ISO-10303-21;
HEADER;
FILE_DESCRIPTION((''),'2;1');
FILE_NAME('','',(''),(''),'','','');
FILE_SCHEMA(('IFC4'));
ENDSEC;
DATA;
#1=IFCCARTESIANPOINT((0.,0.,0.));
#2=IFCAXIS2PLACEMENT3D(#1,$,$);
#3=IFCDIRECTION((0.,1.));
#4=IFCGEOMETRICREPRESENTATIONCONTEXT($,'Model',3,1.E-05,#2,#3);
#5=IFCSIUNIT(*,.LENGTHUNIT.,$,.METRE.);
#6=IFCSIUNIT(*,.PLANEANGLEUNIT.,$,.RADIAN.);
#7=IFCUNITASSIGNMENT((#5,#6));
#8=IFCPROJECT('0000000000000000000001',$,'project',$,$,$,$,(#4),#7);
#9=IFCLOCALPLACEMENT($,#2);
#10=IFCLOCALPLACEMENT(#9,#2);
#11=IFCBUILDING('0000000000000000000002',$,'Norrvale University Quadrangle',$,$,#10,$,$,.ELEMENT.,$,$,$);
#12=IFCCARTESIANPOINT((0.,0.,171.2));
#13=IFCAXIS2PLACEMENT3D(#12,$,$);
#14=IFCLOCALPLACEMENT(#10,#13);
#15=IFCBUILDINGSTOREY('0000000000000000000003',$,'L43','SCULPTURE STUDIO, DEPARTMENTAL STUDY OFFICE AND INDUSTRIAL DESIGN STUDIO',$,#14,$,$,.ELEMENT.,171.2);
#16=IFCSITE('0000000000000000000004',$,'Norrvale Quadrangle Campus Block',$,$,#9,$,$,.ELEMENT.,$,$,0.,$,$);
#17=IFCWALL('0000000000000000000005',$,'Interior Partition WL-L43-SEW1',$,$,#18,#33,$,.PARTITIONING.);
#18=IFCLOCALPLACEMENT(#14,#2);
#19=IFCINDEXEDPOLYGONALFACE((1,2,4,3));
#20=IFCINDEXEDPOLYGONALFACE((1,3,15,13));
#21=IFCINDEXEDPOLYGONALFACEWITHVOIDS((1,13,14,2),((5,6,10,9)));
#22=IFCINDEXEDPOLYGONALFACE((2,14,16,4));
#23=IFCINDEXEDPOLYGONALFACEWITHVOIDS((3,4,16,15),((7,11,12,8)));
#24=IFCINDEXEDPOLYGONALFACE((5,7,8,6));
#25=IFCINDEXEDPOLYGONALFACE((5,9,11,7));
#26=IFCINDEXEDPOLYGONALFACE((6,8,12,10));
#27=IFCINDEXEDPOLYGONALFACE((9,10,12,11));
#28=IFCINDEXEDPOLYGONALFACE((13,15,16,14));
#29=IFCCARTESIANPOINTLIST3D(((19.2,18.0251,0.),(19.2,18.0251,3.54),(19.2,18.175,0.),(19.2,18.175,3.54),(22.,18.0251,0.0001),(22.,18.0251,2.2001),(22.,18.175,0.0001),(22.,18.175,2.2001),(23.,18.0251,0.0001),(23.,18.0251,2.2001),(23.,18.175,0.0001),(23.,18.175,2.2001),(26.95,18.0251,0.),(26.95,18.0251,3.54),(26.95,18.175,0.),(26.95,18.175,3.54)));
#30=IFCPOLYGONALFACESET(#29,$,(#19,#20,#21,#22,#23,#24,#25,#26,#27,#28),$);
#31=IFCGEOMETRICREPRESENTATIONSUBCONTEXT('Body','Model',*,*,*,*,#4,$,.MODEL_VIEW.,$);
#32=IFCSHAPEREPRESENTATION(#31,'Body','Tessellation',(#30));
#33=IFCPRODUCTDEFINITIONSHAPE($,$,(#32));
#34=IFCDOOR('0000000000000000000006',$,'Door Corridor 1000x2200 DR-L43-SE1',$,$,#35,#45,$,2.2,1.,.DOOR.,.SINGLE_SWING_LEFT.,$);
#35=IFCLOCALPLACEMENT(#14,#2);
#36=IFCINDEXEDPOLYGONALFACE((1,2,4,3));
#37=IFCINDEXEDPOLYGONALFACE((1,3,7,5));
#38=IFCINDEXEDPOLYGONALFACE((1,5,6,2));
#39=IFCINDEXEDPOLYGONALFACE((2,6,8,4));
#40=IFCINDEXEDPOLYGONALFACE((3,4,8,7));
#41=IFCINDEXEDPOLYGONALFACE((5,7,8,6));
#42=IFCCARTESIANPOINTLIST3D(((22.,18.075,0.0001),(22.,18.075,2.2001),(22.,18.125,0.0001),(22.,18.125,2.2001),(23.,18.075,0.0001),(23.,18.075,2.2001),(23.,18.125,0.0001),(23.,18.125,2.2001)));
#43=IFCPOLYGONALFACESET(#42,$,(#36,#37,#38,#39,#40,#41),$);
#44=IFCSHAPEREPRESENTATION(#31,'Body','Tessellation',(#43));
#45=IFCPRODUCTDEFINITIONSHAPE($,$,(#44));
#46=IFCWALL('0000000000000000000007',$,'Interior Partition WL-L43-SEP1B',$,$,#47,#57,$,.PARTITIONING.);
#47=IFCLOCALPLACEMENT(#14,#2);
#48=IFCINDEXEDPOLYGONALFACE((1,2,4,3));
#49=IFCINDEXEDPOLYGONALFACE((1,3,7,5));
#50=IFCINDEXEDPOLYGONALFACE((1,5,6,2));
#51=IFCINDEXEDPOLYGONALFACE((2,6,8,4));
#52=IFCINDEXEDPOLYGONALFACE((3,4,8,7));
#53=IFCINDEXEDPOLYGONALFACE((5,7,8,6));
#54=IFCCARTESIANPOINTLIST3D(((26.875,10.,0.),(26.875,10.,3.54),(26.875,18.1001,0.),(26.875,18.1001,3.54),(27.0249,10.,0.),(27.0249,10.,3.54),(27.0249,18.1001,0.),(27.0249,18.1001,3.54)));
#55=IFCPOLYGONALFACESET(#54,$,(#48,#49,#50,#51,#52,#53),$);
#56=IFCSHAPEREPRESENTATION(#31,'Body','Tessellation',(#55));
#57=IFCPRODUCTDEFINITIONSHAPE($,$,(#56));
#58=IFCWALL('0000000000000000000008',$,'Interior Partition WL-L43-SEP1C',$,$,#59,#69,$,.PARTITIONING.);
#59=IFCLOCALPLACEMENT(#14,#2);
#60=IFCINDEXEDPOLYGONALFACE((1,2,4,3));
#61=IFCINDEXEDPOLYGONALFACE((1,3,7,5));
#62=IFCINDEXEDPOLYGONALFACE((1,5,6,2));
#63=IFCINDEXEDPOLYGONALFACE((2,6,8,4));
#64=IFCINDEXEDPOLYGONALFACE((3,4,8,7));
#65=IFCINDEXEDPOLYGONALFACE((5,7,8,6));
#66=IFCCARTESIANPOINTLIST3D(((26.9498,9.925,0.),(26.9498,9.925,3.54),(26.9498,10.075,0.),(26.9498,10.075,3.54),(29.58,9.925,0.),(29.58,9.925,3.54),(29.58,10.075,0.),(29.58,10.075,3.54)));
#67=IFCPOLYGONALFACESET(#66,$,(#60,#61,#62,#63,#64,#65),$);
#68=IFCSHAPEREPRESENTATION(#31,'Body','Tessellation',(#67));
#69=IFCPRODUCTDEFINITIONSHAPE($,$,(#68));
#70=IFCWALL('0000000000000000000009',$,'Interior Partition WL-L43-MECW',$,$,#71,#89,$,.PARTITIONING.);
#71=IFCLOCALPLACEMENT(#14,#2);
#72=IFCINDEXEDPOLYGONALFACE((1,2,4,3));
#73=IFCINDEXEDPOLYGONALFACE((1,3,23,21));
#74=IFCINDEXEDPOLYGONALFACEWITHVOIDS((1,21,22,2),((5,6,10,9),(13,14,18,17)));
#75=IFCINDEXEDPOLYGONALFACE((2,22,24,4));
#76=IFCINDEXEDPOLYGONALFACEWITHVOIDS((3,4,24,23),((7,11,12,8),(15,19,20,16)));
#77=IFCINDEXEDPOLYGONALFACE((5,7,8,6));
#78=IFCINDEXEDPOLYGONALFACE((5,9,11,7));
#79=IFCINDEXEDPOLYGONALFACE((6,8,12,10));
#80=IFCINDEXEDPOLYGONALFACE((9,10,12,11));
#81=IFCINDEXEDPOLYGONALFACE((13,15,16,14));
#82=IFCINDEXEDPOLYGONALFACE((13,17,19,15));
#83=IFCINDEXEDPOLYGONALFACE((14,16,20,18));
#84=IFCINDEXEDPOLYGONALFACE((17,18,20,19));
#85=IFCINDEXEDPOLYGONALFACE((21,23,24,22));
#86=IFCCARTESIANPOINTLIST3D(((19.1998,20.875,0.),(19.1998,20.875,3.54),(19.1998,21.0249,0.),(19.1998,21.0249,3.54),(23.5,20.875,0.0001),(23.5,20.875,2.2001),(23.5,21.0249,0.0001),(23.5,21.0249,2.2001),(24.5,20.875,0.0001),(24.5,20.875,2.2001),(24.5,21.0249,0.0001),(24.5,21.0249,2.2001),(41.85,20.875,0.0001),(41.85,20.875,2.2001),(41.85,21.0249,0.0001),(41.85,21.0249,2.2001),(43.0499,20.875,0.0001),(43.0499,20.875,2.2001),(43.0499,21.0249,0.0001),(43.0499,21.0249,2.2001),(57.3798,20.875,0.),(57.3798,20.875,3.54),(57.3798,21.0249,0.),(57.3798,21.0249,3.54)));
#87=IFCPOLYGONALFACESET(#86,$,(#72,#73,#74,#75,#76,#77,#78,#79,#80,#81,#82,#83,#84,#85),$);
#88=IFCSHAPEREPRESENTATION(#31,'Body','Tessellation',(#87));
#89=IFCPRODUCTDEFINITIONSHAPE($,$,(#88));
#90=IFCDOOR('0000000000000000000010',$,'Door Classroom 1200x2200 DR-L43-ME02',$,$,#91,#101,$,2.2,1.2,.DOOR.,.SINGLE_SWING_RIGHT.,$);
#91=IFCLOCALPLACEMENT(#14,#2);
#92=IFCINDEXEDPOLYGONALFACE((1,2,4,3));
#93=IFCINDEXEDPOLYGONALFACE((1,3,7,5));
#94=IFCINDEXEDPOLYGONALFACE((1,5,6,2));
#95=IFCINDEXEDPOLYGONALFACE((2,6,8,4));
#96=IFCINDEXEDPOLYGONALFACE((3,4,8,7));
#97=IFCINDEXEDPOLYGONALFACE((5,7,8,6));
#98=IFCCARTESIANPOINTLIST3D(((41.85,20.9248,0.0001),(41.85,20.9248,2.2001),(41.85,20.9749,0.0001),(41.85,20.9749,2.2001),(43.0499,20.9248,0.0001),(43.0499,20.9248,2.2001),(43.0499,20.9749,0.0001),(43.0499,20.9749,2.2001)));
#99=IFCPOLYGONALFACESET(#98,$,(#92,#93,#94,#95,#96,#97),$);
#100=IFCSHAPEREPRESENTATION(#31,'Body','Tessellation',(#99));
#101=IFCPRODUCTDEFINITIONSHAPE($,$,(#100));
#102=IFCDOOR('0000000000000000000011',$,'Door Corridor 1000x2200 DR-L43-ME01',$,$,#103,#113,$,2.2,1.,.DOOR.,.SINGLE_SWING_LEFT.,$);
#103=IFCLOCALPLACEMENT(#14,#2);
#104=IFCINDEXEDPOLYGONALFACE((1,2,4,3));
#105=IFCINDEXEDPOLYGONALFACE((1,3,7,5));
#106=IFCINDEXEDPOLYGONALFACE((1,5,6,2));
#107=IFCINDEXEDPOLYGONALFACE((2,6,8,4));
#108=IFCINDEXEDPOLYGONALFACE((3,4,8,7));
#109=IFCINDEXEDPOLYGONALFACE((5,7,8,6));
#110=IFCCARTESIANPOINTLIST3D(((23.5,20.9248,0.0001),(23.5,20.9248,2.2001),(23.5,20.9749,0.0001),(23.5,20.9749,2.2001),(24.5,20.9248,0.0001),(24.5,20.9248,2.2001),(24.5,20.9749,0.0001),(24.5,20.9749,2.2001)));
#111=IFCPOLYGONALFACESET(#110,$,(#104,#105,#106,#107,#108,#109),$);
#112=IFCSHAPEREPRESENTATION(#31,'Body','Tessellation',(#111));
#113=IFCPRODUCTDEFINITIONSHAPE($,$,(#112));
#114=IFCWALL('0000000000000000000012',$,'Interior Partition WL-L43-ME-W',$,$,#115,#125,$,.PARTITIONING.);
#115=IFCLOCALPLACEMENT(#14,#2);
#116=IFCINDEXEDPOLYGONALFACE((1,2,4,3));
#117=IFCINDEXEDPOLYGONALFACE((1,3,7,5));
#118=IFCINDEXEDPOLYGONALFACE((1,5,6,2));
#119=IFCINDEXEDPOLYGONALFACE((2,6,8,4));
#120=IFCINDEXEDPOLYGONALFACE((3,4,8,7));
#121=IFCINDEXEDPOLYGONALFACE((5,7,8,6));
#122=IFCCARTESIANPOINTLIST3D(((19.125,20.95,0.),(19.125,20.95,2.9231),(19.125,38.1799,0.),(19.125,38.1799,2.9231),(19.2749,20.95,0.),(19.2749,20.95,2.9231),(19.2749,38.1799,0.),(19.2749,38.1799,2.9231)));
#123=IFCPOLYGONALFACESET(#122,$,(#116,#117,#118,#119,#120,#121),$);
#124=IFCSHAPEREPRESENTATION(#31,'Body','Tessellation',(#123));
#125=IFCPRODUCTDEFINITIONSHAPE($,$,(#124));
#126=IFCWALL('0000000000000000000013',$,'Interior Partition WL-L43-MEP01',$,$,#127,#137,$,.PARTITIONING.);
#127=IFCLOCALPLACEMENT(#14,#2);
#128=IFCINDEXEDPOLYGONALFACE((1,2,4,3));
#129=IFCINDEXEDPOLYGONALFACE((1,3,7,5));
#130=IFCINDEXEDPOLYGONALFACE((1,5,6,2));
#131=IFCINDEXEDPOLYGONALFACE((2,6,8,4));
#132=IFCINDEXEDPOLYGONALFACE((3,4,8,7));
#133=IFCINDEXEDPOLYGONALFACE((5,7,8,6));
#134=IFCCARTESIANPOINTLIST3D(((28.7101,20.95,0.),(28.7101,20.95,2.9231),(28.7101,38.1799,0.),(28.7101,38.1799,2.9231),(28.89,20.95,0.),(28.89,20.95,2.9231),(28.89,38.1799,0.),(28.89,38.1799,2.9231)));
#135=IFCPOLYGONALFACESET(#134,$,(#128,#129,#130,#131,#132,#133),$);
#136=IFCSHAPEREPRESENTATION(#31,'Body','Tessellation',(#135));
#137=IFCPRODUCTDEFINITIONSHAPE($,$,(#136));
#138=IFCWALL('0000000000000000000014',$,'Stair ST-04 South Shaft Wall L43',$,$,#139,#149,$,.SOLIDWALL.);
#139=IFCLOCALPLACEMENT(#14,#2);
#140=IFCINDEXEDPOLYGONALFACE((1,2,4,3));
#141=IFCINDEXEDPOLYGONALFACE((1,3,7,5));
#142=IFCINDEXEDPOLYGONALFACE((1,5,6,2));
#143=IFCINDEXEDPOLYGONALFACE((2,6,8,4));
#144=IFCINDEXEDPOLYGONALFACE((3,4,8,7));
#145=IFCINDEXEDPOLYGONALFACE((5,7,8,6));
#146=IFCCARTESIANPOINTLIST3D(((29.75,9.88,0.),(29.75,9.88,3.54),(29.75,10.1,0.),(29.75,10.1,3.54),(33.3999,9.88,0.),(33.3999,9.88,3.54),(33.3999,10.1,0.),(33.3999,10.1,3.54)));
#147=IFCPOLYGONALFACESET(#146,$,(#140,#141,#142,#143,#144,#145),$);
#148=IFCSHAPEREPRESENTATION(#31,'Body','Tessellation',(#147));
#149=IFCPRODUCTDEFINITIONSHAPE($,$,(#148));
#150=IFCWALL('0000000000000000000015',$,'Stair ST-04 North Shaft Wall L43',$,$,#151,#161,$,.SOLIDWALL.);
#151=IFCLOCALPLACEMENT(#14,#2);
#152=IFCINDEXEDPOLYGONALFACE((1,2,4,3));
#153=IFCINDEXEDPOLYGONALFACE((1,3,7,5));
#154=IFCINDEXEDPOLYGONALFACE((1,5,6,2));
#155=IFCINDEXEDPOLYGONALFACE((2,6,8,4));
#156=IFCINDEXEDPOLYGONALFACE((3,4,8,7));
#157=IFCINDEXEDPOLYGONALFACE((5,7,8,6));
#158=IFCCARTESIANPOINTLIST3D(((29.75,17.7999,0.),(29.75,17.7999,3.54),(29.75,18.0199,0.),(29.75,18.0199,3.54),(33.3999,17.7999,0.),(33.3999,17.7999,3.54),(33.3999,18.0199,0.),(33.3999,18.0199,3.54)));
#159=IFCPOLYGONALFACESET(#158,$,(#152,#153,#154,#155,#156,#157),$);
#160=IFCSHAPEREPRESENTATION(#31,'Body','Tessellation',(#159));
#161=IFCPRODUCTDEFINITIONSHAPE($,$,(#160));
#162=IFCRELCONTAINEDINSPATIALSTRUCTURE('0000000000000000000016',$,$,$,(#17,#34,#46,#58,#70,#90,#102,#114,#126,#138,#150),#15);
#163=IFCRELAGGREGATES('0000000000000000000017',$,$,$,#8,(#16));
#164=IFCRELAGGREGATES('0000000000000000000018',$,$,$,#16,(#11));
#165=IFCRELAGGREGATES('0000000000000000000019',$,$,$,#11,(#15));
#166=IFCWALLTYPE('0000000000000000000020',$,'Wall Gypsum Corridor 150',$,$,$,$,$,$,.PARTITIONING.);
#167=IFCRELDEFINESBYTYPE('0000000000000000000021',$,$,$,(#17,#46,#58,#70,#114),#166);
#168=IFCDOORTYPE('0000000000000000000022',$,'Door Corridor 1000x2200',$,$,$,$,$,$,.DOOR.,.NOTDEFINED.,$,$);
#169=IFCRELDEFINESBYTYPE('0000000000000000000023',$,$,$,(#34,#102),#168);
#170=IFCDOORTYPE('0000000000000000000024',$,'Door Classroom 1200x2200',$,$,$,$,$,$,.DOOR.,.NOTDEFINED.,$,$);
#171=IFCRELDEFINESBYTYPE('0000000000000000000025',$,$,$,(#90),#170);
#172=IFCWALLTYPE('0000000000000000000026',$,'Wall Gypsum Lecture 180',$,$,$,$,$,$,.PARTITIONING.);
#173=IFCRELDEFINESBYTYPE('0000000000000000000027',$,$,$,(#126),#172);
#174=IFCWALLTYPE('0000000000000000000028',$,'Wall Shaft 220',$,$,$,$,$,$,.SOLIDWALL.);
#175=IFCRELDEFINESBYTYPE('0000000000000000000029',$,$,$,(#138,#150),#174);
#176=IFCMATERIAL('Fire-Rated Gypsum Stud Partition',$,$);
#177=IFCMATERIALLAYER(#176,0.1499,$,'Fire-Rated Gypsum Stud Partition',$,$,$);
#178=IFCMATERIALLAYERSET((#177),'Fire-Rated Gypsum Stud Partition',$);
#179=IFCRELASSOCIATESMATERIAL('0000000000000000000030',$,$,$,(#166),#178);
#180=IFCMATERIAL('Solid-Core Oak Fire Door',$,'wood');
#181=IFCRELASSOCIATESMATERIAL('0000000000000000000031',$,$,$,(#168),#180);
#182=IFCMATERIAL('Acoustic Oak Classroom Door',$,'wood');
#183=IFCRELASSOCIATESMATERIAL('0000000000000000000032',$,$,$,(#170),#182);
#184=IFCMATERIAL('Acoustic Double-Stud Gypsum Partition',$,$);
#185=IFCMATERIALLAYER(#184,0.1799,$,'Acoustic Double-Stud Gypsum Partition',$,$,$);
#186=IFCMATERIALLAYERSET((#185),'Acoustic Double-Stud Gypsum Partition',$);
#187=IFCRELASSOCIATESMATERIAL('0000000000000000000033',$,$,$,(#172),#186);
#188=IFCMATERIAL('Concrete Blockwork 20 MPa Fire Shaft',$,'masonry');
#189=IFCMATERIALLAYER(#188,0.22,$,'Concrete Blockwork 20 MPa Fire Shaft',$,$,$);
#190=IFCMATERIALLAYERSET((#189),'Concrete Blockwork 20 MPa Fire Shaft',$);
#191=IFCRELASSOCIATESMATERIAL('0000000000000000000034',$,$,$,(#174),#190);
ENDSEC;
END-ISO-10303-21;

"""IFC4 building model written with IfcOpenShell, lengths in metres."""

from ifc_helpers import new_model, si_unit, direction, frame, frame_2d, origin, place, context, subcontext, project, spatial, rectangle, extrude, material, layer, layer_set, type_object, element, fill, save


model = new_model("IFC4")

# Units and contexts
model_context = context("Model", 3, precision=1e-05, world=origin(), true_north=direction((0.0, 1.0)))
body_context = subcontext(model_context, "Body", "Model", "MODEL_VIEW")
ifc_project = project(units=[si_unit("LENGTHUNIT", "METRE"), si_unit("PLANEANGLEUNIT", "RADIAN")], contexts=[model_context])

# Site, building, storey
site_placement = place(None, origin())
site = spatial("IfcSite", under=ifc_project, at=site_placement, Name="Norrvale Quadrangle Campus Block", CompositionType="ELEMENT", RefElevation=0.0)
building_placement = place(site_placement, origin())
building = spatial("IfcBuilding", under=site, at=building_placement, Name="Norrvale University Quadrangle", CompositionType="ELEMENT")
storey_placement = place(building_placement, frame((0.0, 0.0, 171.2)))
storey = spatial("IfcBuildingStorey", under=building, at=storey_placement, Name="L43", Description="SCULPTURE STUDIO, DEPARTMENTAL STUDY OFFICE AND INDUSTRIAL DESIGN STUDIO", CompositionType="ELEMENT", Elevation=171.2)

# Wall, opening, door
ifc_material_1 = material(Name="Fire-Rated Gypsum Stud Partition")
ifc_layer_1 = layer(ifc_material_1, 0.1499, Name="Fire-Rated Gypsum Stud Partition")
ifc_layer_set_1 = layer_set([ifc_layer_1], Name="Fire-Rated Gypsum Stud Partition")
wall_type_1 = type_object("IfcWallType", Name="Wall Gypsum Corridor 150", PredefinedType="PARTITIONING", material=ifc_layer_set_1)
wall_1_placement = place(storey_placement, frame((19.2, 18.1001, 0.0), z_axis=(0.0, 0.0, 1.0), x_axis=(1.0, 0.0, 0.0)))
wall_1 = element("IfcWall", 1, at=wall_1_placement, inside=storey, type_object=wall_type_1, Name="Interior Partition WL-L43-SEW1", PredefinedType="PARTITIONING", context=body_context, shape_type="SweptSolid", body=[
    extrude(rectangle(XDim=7.75, YDim=0.1499, at=frame_2d((3.875, 0.0))), origin(), (0.0, 0.0, 1.0), 3.54),
])
opening_1_placement = place(wall_1_placement, frame((2.8, 0.0, 0.0)))
opening_1 = element("IfcOpeningElement", 2, at=opening_1_placement, cuts=wall_1, PredefinedType="OPENING", context=body_context, shape_type="SweptSolid", body=[
    extrude(rectangle(XDim=1.0, YDim=2.2, at=frame_2d((0.5, 1.1001))), frame((0.0, 0.0869, 0.0), z_axis=(0.0, -1.0, 0.0), x_axis=(1.0, 0.0, 0.0)), (0.0, 0.0, 1.0), 0.1738),
])
ifc_material_2 = material(Name="Solid-Core Oak Fire Door", Category="wood")
door_type_1 = type_object("IfcDoorType", Name="Door Corridor 1000x2200", OperationType="NOTDEFINED", PredefinedType="DOOR", material=ifc_material_2)
door_1_placement = place(opening_1_placement, origin())
door_1 = element("IfcDoor", 3, at=door_1_placement, inside=storey, type_object=door_type_1, Name="Door Corridor 1000x2200 DR-L43-SE1", OperationType="SINGLE_SWING_LEFT", OverallHeight=2.2, OverallWidth=1.0, PredefinedType="DOOR", context=body_context, shape_type="SweptSolid", body=[
    extrude(rectangle(XDim=1.0, YDim=2.2, at=frame_2d((0.5, 1.1001))), frame((0.0, 0.0249, 0.0), z_axis=(0.0, -1.0, 0.0), x_axis=(1.0, 0.0, 0.0)), (0.0, 0.0, 1.0), 0.05),
])
fill(opening_1, door_1)

# Walls
wall_2_placement = place(storey_placement, frame((26.95, 10.0, 0.0), z_axis=(0.0, 0.0, 1.0), x_axis=(0.0, 1.0, 0.0)))
element("IfcWall", 4, at=wall_2_placement, inside=storey, type_object=wall_type_1, Name="Interior Partition WL-L43-SEP1B", PredefinedType="PARTITIONING", context=body_context, shape_type="SweptSolid", body=[
    extrude(rectangle(XDim=8.1001, YDim=0.1499, at=frame_2d((4.05, 0.0))), origin(), (0.0, 0.0, 1.0), 3.54),
])
wall_3_placement = place(storey_placement, frame((26.95, 10.0, 0.0), z_axis=(0.0, 0.0, 1.0), x_axis=(1.0, 0.0, 0.0)))
element("IfcWall", 5, at=wall_3_placement, inside=storey, type_object=wall_type_1, Name="Interior Partition WL-L43-SEP1C", PredefinedType="PARTITIONING", context=body_context, shape_type="SweptSolid", body=[
    extrude(rectangle(XDim=2.6301, YDim=0.1499, at=frame_2d((1.3149, 0.0))), origin(), (0.0, 0.0, 1.0), 3.54),
])

# Wall, openings, doors
wall_4_placement = place(storey_placement, frame((19.2, 20.95, 0.0), z_axis=(0.0, 0.0, 1.0), x_axis=(1.0, 0.0, 0.0)))
wall_4 = element("IfcWall", 6, at=wall_4_placement, inside=storey, type_object=wall_type_1, Name="Interior Partition WL-L43-MECW", PredefinedType="PARTITIONING", context=body_context, shape_type="SweptSolid", body=[
    extrude(rectangle(XDim=38.1799, YDim=0.1499, at=frame_2d((19.0898, 0.0))), origin(), (0.0, 0.0, 1.0), 3.54),
])
opening_2_placement = place(wall_4_placement, frame((4.3, 0.0, 0.0)))
opening_2 = element("IfcOpeningElement", 7, at=opening_2_placement, cuts=wall_4, PredefinedType="OPENING", context=body_context, shape_type="SweptSolid", body=[
    extrude(rectangle(XDim=1.0, YDim=2.2, at=frame_2d((0.5, 1.1001))), frame((0.0, 0.0869, 0.0), z_axis=(0.0, -1.0, 0.0), x_axis=(1.0, 0.0, 0.0)), (0.0, 0.0, 1.0), 0.1738),
])
opening_3_placement = place(wall_4_placement, frame((22.6499, 0.0, 0.0)))
opening_3 = element("IfcOpeningElement", 8, at=opening_3_placement, cuts=wall_4, PredefinedType="OPENING", context=body_context, shape_type="SweptSolid", body=[
    extrude(rectangle(XDim=1.2, YDim=2.2, at=frame_2d((0.6001, 1.1001))), frame((0.0, 0.0869, 0.0), z_axis=(0.0, -1.0, 0.0), x_axis=(1.0, 0.0, 0.0)), (0.0, 0.0, 1.0), 0.1738),
])
ifc_material_3 = material(Name="Acoustic Oak Classroom Door", Category="wood")
door_type_2 = type_object("IfcDoorType", Name="Door Classroom 1200x2200", OperationType="NOTDEFINED", PredefinedType="DOOR", material=ifc_material_3)
door_2_placement = place(opening_3_placement, origin())
door_2 = element("IfcDoor", 9, at=door_2_placement, inside=storey, type_object=door_type_2, Name="Door Classroom 1200x2200 DR-L43-ME02", OperationType="SINGLE_SWING_RIGHT", OverallHeight=2.2, OverallWidth=1.2, PredefinedType="DOOR", context=body_context, shape_type="SweptSolid", body=[
    extrude(rectangle(XDim=1.2, YDim=2.2, at=frame_2d((0.6001, 1.1001))), frame((0.0, 0.0249, 0.0), z_axis=(0.0, -1.0, 0.0), x_axis=(1.0, 0.0, 0.0)), (0.0, 0.0, 1.0), 0.05),
])
fill(opening_3, door_2)
door_3_placement = place(opening_2_placement, origin())
door_3 = element("IfcDoor", 10, at=door_3_placement, inside=storey, type_object=door_type_1, Name="Door Corridor 1000x2200 DR-L43-ME01", OperationType="SINGLE_SWING_LEFT", OverallHeight=2.2, OverallWidth=1.0, PredefinedType="DOOR", context=body_context, shape_type="SweptSolid", body=[
    extrude(rectangle(XDim=1.0, YDim=2.2, at=frame_2d((0.5, 1.1001))), frame((0.0, 0.0249, 0.0), z_axis=(0.0, -1.0, 0.0), x_axis=(1.0, 0.0, 0.0)), (0.0, 0.0, 1.0), 0.05),
])
fill(opening_2, door_3)

# Walls
wall_5_placement = place(storey_placement, frame((19.2, 20.95, 0.0), z_axis=(0.0, 0.0, 1.0), x_axis=(0.0, 1.0, 0.0)))
element("IfcWall", 11, at=wall_5_placement, inside=storey, type_object=wall_type_1, Name="Interior Partition WL-L43-ME-W", PredefinedType="PARTITIONING", context=body_context, shape_type="SweptSolid", body=[
    extrude(rectangle(XDim=17.23, YDim=0.1499, at=frame_2d((8.615, 0.0))), origin(), (0.0, 0.0, 1.0), 2.9231),
])
ifc_material_4 = material(Name="Acoustic Double-Stud Gypsum Partition")
ifc_layer_2 = layer(ifc_material_4, 0.1799, Name="Acoustic Double-Stud Gypsum Partition")
ifc_layer_set_2 = layer_set([ifc_layer_2], Name="Acoustic Double-Stud Gypsum Partition")
wall_type_2 = type_object("IfcWallType", Name="Wall Gypsum Lecture 180", PredefinedType="PARTITIONING", material=ifc_layer_set_2)
wall_6_placement = place(storey_placement, frame((28.8, 20.95, 0.0), z_axis=(0.0, 0.0, 1.0), x_axis=(0.0, 1.0, 0.0)))
element("IfcWall", 12, at=wall_6_placement, inside=storey, type_object=wall_type_2, Name="Interior Partition WL-L43-MEP01", PredefinedType="PARTITIONING", context=body_context, shape_type="SweptSolid", body=[
    extrude(rectangle(XDim=17.23, YDim=0.1799, at=frame_2d((8.615, 0.0))), origin(), (0.0, 0.0, 1.0), 2.9231),
])
ifc_material_5 = material(Name="Concrete Blockwork 20 MPa Fire Shaft", Category="masonry")
ifc_layer_3 = layer(ifc_material_5, 0.22, Name="Concrete Blockwork 20 MPa Fire Shaft")
ifc_layer_set_3 = layer_set([ifc_layer_3], Name="Concrete Blockwork 20 MPa Fire Shaft")
wall_type_3 = type_object("IfcWallType", Name="Wall Shaft 220", PredefinedType="SOLIDWALL", material=ifc_layer_set_3)
for number, where, z_axis, x_axis, name in (
    (13, (29.75, 9.99, 0.0), (0.0, 0.0, 1.0), (1.0, 0.0, 0.0), "Stair ST-04 South Shaft Wall L43"),
    (14, (29.75, 17.9099, 0.0), (0.0, 0.0, 1.0), (1.0, 0.0, 0.0), "Stair ST-04 North Shaft Wall L43"),
):
    element("IfcWall", number, at=place(storey_placement, frame(where, z_axis=z_axis, x_axis=x_axis)), inside=storey, type_object=wall_type_3, Name=name, PredefinedType="SOLIDWALL", context=body_context, shape_type="SweptSolid", body=[
        extrude(rectangle(XDim=3.6499, YDim=0.22, at=frame_2d((1.825, 0.0))), origin(), (0.0, 0.0, 1.0), 3.54),
    ])

save(model, "model.ifc")
